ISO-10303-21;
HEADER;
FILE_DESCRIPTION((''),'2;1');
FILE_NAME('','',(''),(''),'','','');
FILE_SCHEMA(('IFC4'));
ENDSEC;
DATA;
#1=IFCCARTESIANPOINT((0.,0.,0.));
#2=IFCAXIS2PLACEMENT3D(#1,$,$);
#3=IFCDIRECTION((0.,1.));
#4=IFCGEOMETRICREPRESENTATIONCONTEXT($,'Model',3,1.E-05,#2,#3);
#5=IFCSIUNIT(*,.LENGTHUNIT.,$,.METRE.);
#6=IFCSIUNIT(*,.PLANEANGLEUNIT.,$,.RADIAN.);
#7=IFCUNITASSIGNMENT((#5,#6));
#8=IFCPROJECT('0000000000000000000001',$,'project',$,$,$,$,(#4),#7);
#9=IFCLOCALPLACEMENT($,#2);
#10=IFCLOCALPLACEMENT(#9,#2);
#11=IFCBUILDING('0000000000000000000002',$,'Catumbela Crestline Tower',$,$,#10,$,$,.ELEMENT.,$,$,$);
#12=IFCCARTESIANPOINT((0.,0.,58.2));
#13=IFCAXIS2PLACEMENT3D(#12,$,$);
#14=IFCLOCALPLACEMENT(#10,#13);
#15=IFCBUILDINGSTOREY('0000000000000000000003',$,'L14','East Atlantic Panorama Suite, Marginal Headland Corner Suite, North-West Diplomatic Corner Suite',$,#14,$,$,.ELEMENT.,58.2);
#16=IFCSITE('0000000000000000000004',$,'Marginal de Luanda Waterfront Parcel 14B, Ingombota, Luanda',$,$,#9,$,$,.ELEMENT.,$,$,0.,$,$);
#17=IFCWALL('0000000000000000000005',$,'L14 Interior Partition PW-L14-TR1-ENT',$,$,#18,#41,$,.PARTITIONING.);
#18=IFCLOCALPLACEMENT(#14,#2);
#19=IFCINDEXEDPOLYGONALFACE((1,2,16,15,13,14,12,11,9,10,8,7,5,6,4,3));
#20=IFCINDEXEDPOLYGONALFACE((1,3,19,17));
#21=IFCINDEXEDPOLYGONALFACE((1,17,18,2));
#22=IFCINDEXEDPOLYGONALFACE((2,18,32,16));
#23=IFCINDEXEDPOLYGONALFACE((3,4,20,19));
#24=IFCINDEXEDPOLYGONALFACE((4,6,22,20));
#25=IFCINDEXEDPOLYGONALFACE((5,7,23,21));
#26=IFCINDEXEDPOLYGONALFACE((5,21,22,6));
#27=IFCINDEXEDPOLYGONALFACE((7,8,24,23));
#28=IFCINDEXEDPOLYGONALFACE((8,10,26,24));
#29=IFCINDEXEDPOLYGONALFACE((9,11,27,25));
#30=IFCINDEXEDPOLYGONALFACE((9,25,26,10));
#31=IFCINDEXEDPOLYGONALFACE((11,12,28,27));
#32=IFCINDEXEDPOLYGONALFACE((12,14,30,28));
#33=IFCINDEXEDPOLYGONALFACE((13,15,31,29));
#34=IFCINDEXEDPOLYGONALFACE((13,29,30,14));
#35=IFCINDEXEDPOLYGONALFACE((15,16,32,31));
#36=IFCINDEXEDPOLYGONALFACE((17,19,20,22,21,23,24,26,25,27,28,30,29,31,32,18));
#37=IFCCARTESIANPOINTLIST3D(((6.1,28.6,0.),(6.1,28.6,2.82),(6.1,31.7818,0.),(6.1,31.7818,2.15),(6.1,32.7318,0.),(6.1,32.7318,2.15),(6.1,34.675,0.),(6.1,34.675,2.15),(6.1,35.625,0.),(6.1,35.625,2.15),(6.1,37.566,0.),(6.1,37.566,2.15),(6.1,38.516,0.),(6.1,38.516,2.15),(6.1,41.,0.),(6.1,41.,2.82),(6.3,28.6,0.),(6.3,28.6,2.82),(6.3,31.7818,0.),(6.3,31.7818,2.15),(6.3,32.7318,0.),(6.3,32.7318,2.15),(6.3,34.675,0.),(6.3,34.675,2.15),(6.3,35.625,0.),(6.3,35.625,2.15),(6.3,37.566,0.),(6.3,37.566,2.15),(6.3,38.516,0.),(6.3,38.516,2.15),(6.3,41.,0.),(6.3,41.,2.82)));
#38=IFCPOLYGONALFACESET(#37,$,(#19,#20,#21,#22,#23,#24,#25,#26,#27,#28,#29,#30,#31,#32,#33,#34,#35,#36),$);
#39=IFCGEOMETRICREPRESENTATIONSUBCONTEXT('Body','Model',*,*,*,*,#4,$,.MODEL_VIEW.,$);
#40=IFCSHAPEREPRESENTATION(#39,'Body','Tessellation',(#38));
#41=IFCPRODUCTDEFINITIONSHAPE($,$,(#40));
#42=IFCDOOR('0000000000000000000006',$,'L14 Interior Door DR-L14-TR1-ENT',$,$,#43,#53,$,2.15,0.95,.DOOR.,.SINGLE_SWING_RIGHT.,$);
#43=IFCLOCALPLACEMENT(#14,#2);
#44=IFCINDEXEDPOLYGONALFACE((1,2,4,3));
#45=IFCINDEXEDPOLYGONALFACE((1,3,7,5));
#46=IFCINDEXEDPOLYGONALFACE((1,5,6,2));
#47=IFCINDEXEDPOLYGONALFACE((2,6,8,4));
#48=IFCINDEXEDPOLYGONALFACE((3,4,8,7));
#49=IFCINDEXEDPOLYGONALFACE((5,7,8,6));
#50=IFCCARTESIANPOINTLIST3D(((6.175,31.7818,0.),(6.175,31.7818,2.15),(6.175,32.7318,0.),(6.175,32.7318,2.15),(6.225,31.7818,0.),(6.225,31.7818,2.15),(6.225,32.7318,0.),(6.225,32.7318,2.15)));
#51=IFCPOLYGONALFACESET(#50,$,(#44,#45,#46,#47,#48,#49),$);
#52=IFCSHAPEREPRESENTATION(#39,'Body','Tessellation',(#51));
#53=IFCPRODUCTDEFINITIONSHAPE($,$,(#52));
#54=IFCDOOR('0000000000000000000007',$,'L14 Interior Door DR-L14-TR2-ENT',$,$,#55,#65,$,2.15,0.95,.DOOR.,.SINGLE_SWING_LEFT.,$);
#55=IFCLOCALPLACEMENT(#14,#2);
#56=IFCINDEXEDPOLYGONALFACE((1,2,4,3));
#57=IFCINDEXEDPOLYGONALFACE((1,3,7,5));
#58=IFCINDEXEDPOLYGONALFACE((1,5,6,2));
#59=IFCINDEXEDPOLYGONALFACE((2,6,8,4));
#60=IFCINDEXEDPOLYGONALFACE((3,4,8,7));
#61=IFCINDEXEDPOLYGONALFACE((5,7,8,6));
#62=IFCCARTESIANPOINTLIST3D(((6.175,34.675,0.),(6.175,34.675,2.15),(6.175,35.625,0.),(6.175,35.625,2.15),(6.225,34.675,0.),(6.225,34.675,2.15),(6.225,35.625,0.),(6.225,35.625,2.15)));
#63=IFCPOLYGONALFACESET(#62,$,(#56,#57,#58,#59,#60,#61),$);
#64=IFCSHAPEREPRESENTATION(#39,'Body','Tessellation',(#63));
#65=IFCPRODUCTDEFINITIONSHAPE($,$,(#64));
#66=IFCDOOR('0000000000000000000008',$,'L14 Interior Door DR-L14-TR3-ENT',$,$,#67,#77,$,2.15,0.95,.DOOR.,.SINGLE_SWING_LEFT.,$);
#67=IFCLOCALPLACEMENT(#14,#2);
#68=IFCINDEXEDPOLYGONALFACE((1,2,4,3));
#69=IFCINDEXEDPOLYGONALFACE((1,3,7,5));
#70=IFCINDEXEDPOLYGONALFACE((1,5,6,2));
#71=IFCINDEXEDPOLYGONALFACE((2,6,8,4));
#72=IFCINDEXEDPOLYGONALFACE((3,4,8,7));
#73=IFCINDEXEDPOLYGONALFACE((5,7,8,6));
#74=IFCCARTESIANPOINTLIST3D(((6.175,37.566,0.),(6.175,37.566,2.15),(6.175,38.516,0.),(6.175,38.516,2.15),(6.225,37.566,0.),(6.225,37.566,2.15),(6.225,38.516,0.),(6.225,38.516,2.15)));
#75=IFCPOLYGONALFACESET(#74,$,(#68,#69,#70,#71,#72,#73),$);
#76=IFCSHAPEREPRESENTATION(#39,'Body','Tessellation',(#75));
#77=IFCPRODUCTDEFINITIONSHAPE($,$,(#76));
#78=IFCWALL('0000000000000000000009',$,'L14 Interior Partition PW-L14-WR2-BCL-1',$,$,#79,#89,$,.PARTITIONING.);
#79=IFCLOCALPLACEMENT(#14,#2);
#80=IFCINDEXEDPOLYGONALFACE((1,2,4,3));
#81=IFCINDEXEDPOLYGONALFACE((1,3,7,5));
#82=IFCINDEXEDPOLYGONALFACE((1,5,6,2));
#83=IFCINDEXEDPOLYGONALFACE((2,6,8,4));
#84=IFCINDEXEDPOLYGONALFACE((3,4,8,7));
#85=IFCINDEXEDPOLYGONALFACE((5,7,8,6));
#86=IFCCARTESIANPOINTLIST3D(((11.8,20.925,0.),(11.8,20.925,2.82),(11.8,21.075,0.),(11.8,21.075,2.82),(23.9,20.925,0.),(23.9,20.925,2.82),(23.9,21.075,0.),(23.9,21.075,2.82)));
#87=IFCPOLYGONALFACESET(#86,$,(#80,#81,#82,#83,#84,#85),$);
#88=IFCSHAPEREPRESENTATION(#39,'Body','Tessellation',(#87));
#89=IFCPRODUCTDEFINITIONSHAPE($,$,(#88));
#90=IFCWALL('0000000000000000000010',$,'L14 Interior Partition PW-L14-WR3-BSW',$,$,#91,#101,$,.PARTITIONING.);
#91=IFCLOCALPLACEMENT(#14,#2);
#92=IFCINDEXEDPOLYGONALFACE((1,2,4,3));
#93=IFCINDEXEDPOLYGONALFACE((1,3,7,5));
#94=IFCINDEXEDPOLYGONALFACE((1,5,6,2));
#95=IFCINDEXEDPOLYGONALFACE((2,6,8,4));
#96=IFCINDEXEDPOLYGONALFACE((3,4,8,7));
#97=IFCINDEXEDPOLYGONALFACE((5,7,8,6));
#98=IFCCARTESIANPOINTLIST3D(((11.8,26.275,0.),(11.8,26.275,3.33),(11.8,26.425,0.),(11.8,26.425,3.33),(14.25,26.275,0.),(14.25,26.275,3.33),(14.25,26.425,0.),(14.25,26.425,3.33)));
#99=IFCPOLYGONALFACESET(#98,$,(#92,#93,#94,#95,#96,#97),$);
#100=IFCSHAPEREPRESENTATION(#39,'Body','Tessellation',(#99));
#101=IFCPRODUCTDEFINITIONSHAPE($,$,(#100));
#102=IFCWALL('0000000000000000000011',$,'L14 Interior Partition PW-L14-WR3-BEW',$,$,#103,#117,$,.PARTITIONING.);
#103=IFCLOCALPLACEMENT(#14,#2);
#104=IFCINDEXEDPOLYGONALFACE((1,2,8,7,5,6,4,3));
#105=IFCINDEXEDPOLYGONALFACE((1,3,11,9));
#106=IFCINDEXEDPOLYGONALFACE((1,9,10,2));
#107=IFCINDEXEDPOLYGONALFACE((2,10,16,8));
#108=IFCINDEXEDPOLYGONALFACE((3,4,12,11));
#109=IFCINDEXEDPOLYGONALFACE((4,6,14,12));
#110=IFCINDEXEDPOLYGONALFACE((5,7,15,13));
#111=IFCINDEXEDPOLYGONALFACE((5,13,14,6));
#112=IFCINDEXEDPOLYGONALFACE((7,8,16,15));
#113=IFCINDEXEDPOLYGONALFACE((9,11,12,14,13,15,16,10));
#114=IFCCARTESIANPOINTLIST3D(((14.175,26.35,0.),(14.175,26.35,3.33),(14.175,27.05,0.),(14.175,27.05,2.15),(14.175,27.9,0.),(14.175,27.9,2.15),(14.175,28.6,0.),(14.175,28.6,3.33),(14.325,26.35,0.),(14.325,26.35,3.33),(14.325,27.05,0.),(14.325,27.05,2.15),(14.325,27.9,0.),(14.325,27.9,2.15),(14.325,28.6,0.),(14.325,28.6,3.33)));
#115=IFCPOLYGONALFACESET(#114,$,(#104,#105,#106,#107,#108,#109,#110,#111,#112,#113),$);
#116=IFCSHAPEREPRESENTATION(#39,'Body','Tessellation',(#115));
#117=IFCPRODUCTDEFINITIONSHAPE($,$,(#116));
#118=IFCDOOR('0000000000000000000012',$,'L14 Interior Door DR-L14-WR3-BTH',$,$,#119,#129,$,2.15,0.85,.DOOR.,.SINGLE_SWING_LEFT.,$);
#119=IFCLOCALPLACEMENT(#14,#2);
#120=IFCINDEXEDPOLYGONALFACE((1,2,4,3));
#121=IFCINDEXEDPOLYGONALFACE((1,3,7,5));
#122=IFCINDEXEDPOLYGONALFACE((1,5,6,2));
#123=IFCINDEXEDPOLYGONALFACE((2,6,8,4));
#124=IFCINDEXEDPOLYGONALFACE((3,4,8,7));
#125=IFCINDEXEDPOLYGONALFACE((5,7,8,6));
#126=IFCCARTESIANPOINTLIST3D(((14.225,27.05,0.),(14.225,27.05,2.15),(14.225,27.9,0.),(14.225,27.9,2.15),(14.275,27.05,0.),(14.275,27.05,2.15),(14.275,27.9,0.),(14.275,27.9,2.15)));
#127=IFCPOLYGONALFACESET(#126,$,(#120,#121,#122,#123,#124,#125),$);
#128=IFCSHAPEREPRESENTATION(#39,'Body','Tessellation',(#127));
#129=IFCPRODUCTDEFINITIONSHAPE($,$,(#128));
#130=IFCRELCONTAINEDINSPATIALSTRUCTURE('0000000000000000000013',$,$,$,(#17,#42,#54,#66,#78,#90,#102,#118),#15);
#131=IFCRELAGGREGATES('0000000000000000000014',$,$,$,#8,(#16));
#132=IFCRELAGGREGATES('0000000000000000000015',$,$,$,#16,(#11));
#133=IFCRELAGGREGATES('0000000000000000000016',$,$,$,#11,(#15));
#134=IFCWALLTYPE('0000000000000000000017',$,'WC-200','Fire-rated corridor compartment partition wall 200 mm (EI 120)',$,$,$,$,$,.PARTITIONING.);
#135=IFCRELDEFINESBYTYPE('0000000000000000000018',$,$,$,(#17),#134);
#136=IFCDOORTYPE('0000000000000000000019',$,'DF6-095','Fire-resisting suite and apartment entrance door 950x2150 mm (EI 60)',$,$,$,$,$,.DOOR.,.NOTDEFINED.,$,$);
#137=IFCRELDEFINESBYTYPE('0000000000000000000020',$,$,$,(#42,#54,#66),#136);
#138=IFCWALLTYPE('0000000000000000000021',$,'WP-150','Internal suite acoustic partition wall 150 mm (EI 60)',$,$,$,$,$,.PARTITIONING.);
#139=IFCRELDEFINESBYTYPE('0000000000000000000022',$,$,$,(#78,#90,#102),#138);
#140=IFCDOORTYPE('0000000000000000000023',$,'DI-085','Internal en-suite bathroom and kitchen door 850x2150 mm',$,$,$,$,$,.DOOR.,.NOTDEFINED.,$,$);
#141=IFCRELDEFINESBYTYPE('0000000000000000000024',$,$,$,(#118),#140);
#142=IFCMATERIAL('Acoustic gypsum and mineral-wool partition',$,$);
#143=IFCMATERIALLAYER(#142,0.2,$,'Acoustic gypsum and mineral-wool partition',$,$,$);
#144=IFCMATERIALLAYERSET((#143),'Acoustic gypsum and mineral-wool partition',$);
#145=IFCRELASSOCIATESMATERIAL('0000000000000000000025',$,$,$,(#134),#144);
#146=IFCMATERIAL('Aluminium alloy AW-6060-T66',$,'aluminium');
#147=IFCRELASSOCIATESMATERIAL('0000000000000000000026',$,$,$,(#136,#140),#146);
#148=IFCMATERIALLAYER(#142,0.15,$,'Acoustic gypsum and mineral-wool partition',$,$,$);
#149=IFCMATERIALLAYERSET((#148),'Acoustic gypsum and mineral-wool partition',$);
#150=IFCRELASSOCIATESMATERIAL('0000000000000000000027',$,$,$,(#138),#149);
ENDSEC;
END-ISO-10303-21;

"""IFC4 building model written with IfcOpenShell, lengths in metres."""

from ifc_helpers import new_model, si_unit, direction, frame, frame_2d, origin, place, context, subcontext, project, spatial, rectangle, extrude, material, layer, layer_set, type_object, element, fill, save


model = new_model("IFC4")

# Units and contexts
model_context = context("Model", 3, precision=1e-05, world=origin(), true_north=direction((0.0, 1.0)))
body_context = subcontext(model_context, "Body", "Model", "MODEL_VIEW")
ifc_project = project(units=[si_unit("LENGTHUNIT", "METRE"), si_unit("PLANEANGLEUNIT", "RADIAN")], contexts=[model_context])

# Site, building, storey
site_placement = place(None, origin())
site = spatial("IfcSite", under=ifc_project, at=site_placement, Name="Marginal de Luanda Waterfront Parcel 14B, Ingombota, Luanda", CompositionType="ELEMENT", RefElevation=0.0)
building_placement = place(site_placement, origin())
building = spatial("IfcBuilding", under=site, at=building_placement, Name="Catumbela Crestline Tower", CompositionType="ELEMENT")
storey_placement = place(building_placement, frame((0.0, 0.0, 58.2)))
storey = spatial("IfcBuildingStorey", under=building, at=storey_placement, Name="L14", Description="East Atlantic Panorama Suite, Marginal Headland Corner Suite, North-West Diplomatic Corner Suite", CompositionType="ELEMENT", Elevation=58.2)

# Wall, openings, doors
ifc_material_1 = material(Name="Acoustic gypsum and mineral-wool partition")
ifc_layer_1 = layer(ifc_material_1, 0.2, Name="Acoustic gypsum and mineral-wool partition")
ifc_layer_set_1 = layer_set([ifc_layer_1], Name="Acoustic gypsum and mineral-wool partition")
wall_type_1 = type_object("IfcWallType", Name="WC-200", Description="Fire-rated corridor compartment partition wall 200 mm (EI 120)", PredefinedType="PARTITIONING", material=ifc_layer_set_1)
ifc_material_2 = material(Name="Aluminium alloy AW-6060-T66", Category="aluminium")
door_type_1 = type_object("IfcDoorType", Name="DF6-095", Description="Fire-resisting suite and apartment entrance door 950x2150 mm (EI 60)", OperationType="NOTDEFINED", PredefinedType="DOOR", material=ifc_material_2)
wall_1_placement = place(storey_placement, frame((6.2, 28.6, 0.0), z_axis=(0.0, 0.0, 1.0), x_axis=(0.0, 1.0, 0.0)))
wall_1 = element("IfcWall", 1, at=wall_1_placement, inside=storey, type_object=wall_type_1, Name="L14 Interior Partition PW-L14-TR1-ENT", PredefinedType="PARTITIONING", context=body_context, shape_type="SweptSolid", body=[
    extrude(rectangle(XDim=12.4, YDim=0.2, at=frame_2d((6.2, 0.0))), origin(), (0.0, 0.0, 1.0), 2.82),
])
opening_1_placement = place(wall_1_placement, frame((3.1818, 0.0, 0.0)))
opening_1 = element("IfcOpeningElement", 2, at=opening_1_placement, cuts=wall_1, PredefinedType="OPENING", context=body_context, shape_type="SweptSolid", body=[
    extrude(rectangle(XDim=0.95, YDim=2.15, at=frame_2d((0.475, 1.075))), frame((0.0, 0.11, 0.0), z_axis=(0.0, -1.0, 0.0), x_axis=(1.0, 0.0, 0.0)), (0.0, 0.0, 1.0), 0.22),
])
opening_2_placement = place(wall_1_placement, frame((6.075, 0.0, 0.0)))
opening_2 = element("IfcOpeningElement", 3, at=opening_2_placement, cuts=wall_1, PredefinedType="OPENING", context=body_context, shape_type="SweptSolid", body=[
    extrude(rectangle(XDim=0.95, YDim=2.15, at=frame_2d((0.475, 1.075))), frame((0.0, 0.11, 0.0), z_axis=(0.0, -1.0, 0.0), x_axis=(1.0, 0.0, 0.0)), (0.0, 0.0, 1.0), 0.22),
])
opening_3_placement = place(wall_1_placement, frame((8.966, 0.0, 0.0)))
opening_3 = element("IfcOpeningElement", 4, at=opening_3_placement, cuts=wall_1, PredefinedType="OPENING", context=body_context, shape_type="SweptSolid", body=[
    extrude(rectangle(XDim=0.95, YDim=2.15, at=frame_2d((0.475, 1.075))), frame((0.0, 0.11, 0.0), z_axis=(0.0, -1.0, 0.0), x_axis=(1.0, 0.0, 0.0)), (0.0, 0.0, 1.0), 0.22),
])
door_1_placement = place(opening_1_placement, origin())
door_1 = element("IfcDoor", 5, at=door_1_placement, inside=storey, type_object=door_type_1, Name="L14 Interior Door DR-L14-TR1-ENT", OperationType="SINGLE_SWING_RIGHT", OverallHeight=2.15, OverallWidth=0.95, PredefinedType="DOOR", context=body_context, shape_type="SweptSolid", body=[
    extrude(rectangle(XDim=0.95, YDim=2.15, at=frame_2d((0.475, 1.075))), frame((0.0, 0.025, 0.0), z_axis=(0.0, -1.0, 0.0), x_axis=(1.0, 0.0, 0.0)), (0.0, 0.0, 1.0), 0.05),
])
fill(opening_1, door_1)
door_2_placement = place(opening_2_placement, origin())
door_2 = element("IfcDoor", 6, at=door_2_placement, inside=storey, type_object=door_type_1, Name="L14 Interior Door DR-L14-TR2-ENT", OperationType="SINGLE_SWING_LEFT", OverallHeight=2.15, OverallWidth=0.95, PredefinedType="DOOR", context=body_context, shape_type="SweptSolid", body=[
    extrude(rectangle(XDim=0.95, YDim=2.15, at=frame_2d((0.475, 1.075))), frame((0.0, 0.025, 0.0), z_axis=(0.0, -1.0, 0.0), x_axis=(1.0, 0.0, 0.0)), (0.0, 0.0, 1.0), 0.05),
])
fill(opening_2, door_2)
door_3_placement = place(opening_3_placement, origin())
door_3 = element("IfcDoor", 7, at=door_3_placement, inside=storey, type_object=door_type_1, Name="L14 Interior Door DR-L14-TR3-ENT", OperationType="SINGLE_SWING_LEFT", OverallHeight=2.15, OverallWidth=0.95, PredefinedType="DOOR", context=body_context, shape_type="SweptSolid", body=[
    extrude(rectangle(XDim=0.95, YDim=2.15, at=frame_2d((0.475, 1.075))), frame((0.0, 0.025, 0.0), z_axis=(0.0, -1.0, 0.0), x_axis=(1.0, 0.0, 0.0)), (0.0, 0.0, 1.0), 0.05),
])
fill(opening_3, door_3)

# Walls
ifc_layer_2 = layer(ifc_material_1, 0.15, Name="Acoustic gypsum and mineral-wool partition")
ifc_layer_set_2 = layer_set([ifc_layer_2], Name="Acoustic gypsum and mineral-wool partition")
wall_type_2 = type_object("IfcWallType", Name="WP-150", Description="Internal suite acoustic partition wall 150 mm (EI 60)", PredefinedType="PARTITIONING", material=ifc_layer_set_2)
wall_2_placement = place(storey_placement, frame((11.8, 21.0, 0.0), z_axis=(0.0, 0.0, 1.0), x_axis=(1.0, 0.0, 0.0)))
element("IfcWall", 8, at=wall_2_placement, inside=storey, type_object=wall_type_2, Name="L14 Interior Partition PW-L14-WR2-BCL-1", PredefinedType="PARTITIONING", context=body_context, shape_type="SweptSolid", body=[
    extrude(rectangle(XDim=12.1, YDim=0.15, at=frame_2d((6.05, 0.0))), origin(), (0.0, 0.0, 1.0), 2.82),
])
wall_3_placement = place(storey_placement, frame((11.8, 26.35, 0.0), z_axis=(0.0, 0.0, 1.0), x_axis=(1.0, 0.0, 0.0)))
element("IfcWall", 9, at=wall_3_placement, inside=storey, type_object=wall_type_2, Name="L14 Interior Partition PW-L14-WR3-BSW", PredefinedType="PARTITIONING", context=body_context, shape_type="SweptSolid", body=[
    extrude(rectangle(XDim=2.45, YDim=0.15, at=frame_2d((1.225, 0.0))), origin(), (0.0, 0.0, 1.0), 3.33),
])

# Wall, opening, door
wall_4_placement = place(storey_placement, frame((14.25, 26.35, 0.0), z_axis=(0.0, 0.0, 1.0), x_axis=(0.0, 1.0, 0.0)))
wall_4 = element("IfcWall", 10, at=wall_4_placement, inside=storey, type_object=wall_type_2, Name="L14 Interior Partition PW-L14-WR3-BEW", PredefinedType="PARTITIONING", context=body_context, shape_type="SweptSolid", body=[
    extrude(rectangle(XDim=2.25, YDim=0.15, at=frame_2d((1.125, 0.0))), origin(), (0.0, 0.0, 1.0), 3.33),
])
opening_4_placement = place(wall_4_placement, frame((0.7, 0.0, 0.0)))
opening_4 = element("IfcOpeningElement", 11, at=opening_4_placement, cuts=wall_4, PredefinedType="OPENING", context=body_context, shape_type="SweptSolid", body=[
    extrude(rectangle(XDim=0.85, YDim=2.15, at=frame_2d((0.425, 1.075))), frame((0.0, 0.085, 0.0), z_axis=(0.0, -1.0, 0.0), x_axis=(1.0, 0.0, 0.0)), (0.0, 0.0, 1.0), 0.17),
])
door_type_2 = type_object("IfcDoorType", Name="DI-085", Description="Internal en-suite bathroom and kitchen door 850x2150 mm", OperationType="NOTDEFINED", PredefinedType="DOOR", material=ifc_material_2)
door_4_placement = place(opening_4_placement, origin())
door_4 = element("IfcDoor", 12, at=door_4_placement, inside=storey, type_object=door_type_2, Name="L14 Interior Door DR-L14-WR3-BTH", OperationType="SINGLE_SWING_LEFT", OverallHeight=2.15, OverallWidth=0.85, PredefinedType="DOOR", context=body_context, shape_type="SweptSolid", body=[
    extrude(rectangle(XDim=0.85, YDim=2.15, at=frame_2d((0.425, 1.075))), frame((0.0, 0.025, 0.0), z_axis=(0.0, -1.0, 0.0), x_axis=(1.0, 0.0, 0.0)), (0.0, 0.0, 1.0), 0.05),
])
fill(opening_4, door_4)

save(model, "model.ifc")
